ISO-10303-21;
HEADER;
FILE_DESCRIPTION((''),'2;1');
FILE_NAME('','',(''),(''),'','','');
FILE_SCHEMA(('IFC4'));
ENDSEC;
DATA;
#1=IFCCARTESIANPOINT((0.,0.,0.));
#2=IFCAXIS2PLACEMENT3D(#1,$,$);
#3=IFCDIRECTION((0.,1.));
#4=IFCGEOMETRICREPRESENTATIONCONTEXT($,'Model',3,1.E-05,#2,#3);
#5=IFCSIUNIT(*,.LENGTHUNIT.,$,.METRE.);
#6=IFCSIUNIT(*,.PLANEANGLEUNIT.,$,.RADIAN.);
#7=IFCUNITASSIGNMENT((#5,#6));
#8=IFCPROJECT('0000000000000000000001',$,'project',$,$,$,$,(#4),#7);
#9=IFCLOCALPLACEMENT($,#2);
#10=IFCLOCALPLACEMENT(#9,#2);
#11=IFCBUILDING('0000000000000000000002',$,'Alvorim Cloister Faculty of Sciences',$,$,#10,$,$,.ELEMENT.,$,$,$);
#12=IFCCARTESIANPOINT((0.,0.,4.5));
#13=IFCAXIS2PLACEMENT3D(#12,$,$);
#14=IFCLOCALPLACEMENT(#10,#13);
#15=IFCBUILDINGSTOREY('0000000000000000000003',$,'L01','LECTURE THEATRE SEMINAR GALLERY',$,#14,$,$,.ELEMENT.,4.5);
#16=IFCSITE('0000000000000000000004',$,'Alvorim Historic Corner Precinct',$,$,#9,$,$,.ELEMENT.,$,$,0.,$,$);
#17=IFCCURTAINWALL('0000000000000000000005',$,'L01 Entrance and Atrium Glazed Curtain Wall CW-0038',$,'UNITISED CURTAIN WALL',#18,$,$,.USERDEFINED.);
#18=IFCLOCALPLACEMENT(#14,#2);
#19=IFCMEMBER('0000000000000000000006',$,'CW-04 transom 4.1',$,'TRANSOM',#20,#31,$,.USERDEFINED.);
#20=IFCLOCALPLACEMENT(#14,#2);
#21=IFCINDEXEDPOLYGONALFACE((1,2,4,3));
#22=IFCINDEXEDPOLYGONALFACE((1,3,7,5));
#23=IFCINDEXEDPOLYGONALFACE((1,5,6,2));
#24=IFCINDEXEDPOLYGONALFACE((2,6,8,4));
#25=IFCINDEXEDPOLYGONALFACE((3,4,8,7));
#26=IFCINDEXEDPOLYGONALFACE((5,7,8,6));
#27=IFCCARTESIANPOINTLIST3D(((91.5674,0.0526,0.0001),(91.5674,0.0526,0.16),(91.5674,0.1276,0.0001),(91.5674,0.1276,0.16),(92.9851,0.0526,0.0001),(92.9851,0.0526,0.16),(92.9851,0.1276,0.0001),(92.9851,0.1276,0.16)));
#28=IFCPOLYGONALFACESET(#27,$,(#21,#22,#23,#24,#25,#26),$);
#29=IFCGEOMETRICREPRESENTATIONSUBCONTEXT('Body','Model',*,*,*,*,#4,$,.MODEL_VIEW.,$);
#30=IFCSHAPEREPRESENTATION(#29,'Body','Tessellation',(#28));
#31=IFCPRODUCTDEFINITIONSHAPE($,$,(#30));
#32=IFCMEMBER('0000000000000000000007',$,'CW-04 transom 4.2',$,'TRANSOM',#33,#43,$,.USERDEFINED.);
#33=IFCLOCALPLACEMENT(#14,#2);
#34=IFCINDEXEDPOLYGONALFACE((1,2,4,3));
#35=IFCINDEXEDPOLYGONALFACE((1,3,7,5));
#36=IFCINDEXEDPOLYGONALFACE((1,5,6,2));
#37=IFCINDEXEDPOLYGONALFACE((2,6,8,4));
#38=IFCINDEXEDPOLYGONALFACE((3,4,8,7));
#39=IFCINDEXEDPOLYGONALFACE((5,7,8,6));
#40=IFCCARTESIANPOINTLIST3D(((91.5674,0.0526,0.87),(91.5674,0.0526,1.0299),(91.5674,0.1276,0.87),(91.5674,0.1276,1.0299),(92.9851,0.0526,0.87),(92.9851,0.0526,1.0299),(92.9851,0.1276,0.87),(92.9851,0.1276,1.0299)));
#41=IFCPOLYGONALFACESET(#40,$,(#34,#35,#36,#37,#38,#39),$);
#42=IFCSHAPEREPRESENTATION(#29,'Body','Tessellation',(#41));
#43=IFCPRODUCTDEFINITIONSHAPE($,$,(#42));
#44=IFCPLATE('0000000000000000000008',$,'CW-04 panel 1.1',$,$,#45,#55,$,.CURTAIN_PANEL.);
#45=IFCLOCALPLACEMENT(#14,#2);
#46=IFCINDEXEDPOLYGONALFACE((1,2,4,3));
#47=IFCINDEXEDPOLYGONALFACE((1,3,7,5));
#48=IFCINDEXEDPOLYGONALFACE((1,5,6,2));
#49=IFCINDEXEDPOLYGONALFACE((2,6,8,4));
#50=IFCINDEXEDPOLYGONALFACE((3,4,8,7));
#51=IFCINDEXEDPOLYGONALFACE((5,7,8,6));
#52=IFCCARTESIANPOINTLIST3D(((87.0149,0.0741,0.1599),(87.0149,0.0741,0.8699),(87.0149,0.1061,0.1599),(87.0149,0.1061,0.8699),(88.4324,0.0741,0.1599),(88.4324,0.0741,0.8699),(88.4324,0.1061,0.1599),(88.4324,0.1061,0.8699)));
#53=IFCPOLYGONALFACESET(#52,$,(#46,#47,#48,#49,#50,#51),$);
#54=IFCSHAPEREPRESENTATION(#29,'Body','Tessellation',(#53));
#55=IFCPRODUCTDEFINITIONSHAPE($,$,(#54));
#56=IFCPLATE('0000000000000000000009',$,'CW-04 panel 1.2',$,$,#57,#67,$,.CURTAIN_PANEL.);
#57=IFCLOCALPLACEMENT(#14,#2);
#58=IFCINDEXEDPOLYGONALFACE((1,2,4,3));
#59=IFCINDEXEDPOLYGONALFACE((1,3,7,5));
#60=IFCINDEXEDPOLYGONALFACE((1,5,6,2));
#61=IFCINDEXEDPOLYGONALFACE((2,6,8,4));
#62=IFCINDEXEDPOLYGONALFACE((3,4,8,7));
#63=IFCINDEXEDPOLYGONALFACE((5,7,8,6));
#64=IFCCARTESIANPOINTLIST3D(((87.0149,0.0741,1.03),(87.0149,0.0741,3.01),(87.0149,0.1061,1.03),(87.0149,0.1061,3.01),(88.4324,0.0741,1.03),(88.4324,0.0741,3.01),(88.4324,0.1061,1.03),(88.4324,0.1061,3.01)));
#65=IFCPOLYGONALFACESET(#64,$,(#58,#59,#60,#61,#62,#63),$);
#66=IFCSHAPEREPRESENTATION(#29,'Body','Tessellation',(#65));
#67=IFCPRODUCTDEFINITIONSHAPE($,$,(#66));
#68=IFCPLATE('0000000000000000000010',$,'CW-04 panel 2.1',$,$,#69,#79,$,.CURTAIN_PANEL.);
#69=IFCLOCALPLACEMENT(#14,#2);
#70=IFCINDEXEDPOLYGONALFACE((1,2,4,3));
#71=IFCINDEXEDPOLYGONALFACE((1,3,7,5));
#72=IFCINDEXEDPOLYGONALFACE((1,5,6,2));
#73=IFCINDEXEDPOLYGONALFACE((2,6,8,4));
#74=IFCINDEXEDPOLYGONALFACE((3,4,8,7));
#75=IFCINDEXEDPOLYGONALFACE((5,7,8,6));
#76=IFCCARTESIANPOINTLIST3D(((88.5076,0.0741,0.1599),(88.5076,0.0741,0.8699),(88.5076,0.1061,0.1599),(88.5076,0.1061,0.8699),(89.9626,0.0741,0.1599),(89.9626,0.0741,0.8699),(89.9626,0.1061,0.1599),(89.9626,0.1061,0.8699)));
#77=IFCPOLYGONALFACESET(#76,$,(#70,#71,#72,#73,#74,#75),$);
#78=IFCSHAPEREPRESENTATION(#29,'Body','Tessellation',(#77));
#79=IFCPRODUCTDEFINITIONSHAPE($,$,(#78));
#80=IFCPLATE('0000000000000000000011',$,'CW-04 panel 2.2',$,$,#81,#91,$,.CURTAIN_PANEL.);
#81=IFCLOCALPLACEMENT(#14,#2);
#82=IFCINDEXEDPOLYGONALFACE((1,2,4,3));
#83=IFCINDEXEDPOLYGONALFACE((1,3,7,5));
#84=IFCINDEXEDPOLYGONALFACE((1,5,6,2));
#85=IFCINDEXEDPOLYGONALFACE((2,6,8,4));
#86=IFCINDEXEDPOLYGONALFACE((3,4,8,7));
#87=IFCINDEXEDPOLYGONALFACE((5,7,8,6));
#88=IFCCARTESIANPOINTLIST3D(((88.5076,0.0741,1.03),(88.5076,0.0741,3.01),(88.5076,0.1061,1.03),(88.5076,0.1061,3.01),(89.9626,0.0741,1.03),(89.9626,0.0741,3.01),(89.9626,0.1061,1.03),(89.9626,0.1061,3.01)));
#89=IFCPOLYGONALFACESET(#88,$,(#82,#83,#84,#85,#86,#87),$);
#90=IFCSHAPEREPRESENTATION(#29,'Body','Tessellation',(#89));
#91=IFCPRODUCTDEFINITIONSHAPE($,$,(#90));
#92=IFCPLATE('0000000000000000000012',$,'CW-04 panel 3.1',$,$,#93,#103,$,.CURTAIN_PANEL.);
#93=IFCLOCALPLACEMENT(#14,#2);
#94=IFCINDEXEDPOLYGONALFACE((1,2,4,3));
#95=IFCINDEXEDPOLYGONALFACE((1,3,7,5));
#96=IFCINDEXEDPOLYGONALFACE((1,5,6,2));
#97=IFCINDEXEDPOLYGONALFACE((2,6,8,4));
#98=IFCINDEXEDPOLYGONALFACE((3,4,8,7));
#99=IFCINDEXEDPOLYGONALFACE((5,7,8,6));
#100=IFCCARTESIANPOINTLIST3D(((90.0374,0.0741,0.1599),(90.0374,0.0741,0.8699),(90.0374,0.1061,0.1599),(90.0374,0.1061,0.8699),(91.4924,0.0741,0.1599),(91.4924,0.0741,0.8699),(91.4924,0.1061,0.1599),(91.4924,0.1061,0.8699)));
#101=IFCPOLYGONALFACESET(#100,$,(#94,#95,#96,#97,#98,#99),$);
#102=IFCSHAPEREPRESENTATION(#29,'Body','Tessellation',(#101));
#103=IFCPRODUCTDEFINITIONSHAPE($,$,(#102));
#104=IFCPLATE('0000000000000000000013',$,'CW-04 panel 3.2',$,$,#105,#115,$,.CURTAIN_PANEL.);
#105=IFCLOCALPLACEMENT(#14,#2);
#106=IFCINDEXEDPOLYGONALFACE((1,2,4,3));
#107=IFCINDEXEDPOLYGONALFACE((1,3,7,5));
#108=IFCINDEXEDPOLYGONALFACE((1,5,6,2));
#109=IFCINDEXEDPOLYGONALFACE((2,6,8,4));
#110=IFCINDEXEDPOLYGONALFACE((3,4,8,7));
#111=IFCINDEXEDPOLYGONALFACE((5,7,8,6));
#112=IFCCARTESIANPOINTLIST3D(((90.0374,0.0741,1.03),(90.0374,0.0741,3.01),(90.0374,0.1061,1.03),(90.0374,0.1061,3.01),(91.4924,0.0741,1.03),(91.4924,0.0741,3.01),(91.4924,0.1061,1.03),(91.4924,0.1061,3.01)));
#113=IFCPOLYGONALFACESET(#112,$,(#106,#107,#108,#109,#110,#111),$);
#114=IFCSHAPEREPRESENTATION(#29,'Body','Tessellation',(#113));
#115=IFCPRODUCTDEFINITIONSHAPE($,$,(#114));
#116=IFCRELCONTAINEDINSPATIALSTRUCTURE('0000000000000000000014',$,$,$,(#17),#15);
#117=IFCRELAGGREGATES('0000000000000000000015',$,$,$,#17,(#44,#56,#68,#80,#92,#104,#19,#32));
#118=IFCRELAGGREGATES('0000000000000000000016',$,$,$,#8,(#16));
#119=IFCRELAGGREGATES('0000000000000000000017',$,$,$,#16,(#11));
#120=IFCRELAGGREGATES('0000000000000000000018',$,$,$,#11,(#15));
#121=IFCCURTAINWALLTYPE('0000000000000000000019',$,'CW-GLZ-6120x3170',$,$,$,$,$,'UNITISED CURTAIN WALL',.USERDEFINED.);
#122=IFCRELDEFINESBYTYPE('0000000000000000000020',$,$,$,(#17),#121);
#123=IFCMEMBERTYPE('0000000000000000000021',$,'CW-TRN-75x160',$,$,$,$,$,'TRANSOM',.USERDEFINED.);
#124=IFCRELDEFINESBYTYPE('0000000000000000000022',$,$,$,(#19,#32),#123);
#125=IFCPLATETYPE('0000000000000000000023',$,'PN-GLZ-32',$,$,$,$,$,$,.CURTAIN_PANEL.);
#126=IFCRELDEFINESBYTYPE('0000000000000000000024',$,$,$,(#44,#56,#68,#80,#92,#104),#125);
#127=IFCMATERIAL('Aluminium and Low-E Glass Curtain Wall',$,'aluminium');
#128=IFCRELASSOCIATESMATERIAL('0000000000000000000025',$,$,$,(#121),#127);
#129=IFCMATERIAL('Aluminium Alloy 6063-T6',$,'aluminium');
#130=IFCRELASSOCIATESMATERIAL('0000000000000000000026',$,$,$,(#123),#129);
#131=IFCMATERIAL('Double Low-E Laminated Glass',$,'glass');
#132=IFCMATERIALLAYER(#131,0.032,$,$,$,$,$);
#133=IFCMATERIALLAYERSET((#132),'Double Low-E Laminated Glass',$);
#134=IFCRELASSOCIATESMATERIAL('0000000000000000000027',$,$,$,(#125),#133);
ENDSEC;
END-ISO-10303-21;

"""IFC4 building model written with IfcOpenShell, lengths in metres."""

from ifc_helpers import new_model, si_unit, direction, frame, origin, origin_2d, place, context, subcontext, project, spatial, rectangle, extrude, material, layer, layer_set, material_profile, profile_set, type_object, element, aggregate, save


model = new_model("IFC4")

# Units and contexts
model_context = context("Model", 3, precision=1e-05, world=origin(), true_north=direction((0.0, 1.0)))
body_context = subcontext(model_context, "Body", "Model", "MODEL_VIEW")
ifc_project = project(units=[si_unit("LENGTHUNIT", "METRE"), si_unit("PLANEANGLEUNIT", "RADIAN")], contexts=[model_context])

# Site, building, storey
site_placement = place(None, origin())
site = spatial("IfcSite", under=ifc_project, at=site_placement, Name="Alvorim Historic Corner Precinct", CompositionType="ELEMENT", RefElevation=0.0)
building_placement = place(site_placement, origin())
building = spatial("IfcBuilding", under=site, at=building_placement, Name="Alvorim Cloister Faculty of Sciences", CompositionType="ELEMENT")
storey_placement = place(building_placement, frame((0.0, 0.0, 4.5)))
storey = spatial("IfcBuildingStorey", under=building, at=storey_placement, Name="L01", Description="LECTURE THEATRE SEMINAR GALLERY", CompositionType="ELEMENT", Elevation=4.5)

# Curtain wall, members, plates
ifc_material_1 = material(Name="Aluminium and Low-E Glass Curtain Wall", Category="aluminium")
curtain_wall_type = type_object("IfcCurtainWallType", Name="CW-GLZ-6120x3170", ElementType="UNITISED CURTAIN WALL", PredefinedType="USERDEFINED", material=ifc_material_1)
curtain_wall_placement = place(storey_placement, origin())
curtain_wall = element("IfcCurtainWall", 1, at=curtain_wall_placement, inside=storey, type_object=curtain_wall_type, Name="L01 Entrance and Atrium Glazed Curtain Wall CW-0038", ObjectType="UNITISED CURTAIN WALL", PredefinedType="USERDEFINED")
ifc_material_2 = material(Name="Aluminium Alloy 6063-T6", Category="aluminium")
ifc_material_profile_1 = material_profile(ifc_material_2, rectangle(XDim=0.075, YDim=0.1599, at=origin_2d()), Name="ALU-TRN-75x160")
ifc_profile_set_1 = profile_set([ifc_material_profile_1], Name="Aluminium Alloy 6063-T6")
member_type_1 = type_object("IfcMemberType", Name="CW-TRN-75x160", ElementType="TRANSOM", PredefinedType="USERDEFINED", material=ifc_profile_set_1)
member_1_placement = place(storey_placement, frame((91.5674, 0.0901, 0.0801), z_axis=(1.0, 0.0, 0.0), x_axis=(0.0, 1.0, 0.0)))
member_1 = element("IfcMember", 2, at=member_1_placement, type_object=member_type_1, Name="CW-04 transom 4.1", ObjectType="TRANSOM", PredefinedType="USERDEFINED", context=body_context, shape_type="SweptSolid", body=[
    extrude(rectangle(XDim=0.075, YDim=0.1599, at=origin_2d()), origin(), (0.0, 0.0, 1.0), 1.4177),
])
member_2_placement = place(storey_placement, frame((91.5674, 0.0901, 0.95), z_axis=(1.0, 0.0, 0.0), x_axis=(0.0, 1.0, 0.0)))
member_2 = element("IfcMember", 3, at=member_2_placement, type_object=member_type_1, Name="CW-04 transom 4.2", ObjectType="TRANSOM", PredefinedType="USERDEFINED", context=body_context, shape_type="SweptSolid", body=[
    extrude(rectangle(XDim=0.075, YDim=0.1599, at=origin_2d()), origin(), (0.0, 0.0, 1.0), 1.4177),
])
ifc_material_3 = material(Name="Double Low-E Laminated Glass", Category="glass")
ifc_layer = layer(ifc_material_3, 0.032)
ifc_layer_set = layer_set([ifc_layer], Name="Double Low-E Laminated Glass")
plate_type = type_object("IfcPlateType", Name="PN-GLZ-32", PredefinedType="CURTAIN_PANEL", material=ifc_layer_set)
plate_1_placement = place(storey_placement, frame((87.7236, 0.0901, 0.1599), z_axis=(0.0, 0.0, 1.0), x_axis=(1.0, 0.0, 0.0)))
plate_1 = element("IfcPlate", 4, at=plate_1_placement, type_object=plate_type, Name="CW-04 panel 1.1", PredefinedType="CURTAIN_PANEL", context=body_context, shape_type="SweptSolid", body=[
    extrude(rectangle(XDim=1.4175, YDim=0.032, at=origin_2d()), origin(), (0.0, 0.0, 1.0), 0.71),
])
plate_2_placement = place(storey_placement, frame((87.7236, 0.0901, 1.03), z_axis=(0.0, 0.0, 1.0), x_axis=(1.0, 0.0, 0.0)))
plate_2 = element("IfcPlate", 5, at=plate_2_placement, type_object=plate_type, Name="CW-04 panel 1.2", PredefinedType="CURTAIN_PANEL", context=body_context, shape_type="SweptSolid", body=[
    extrude(rectangle(XDim=1.4175, YDim=0.032, at=origin_2d()), origin(), (0.0, 0.0, 1.0), 1.98),
])
plate_3_placement = place(storey_placement, frame((89.2351, 0.0901, 0.1599), z_axis=(0.0, 0.0, 1.0), x_axis=(1.0, 0.0, 0.0)))
plate_3 = element("IfcPlate", 6, at=plate_3_placement, type_object=plate_type, Name="CW-04 panel 2.1", PredefinedType="CURTAIN_PANEL", context=body_context, shape_type="SweptSolid", body=[
    extrude(rectangle(XDim=1.4551, YDim=0.032, at=origin_2d()), origin(), (0.0, 0.0, 1.0), 0.71),
])
plate_4_placement = place(storey_placement, frame((89.2351, 0.0901, 1.03), z_axis=(0.0, 0.0, 1.0), x_axis=(1.0, 0.0, 0.0)))
plate_4 = element("IfcPlate", 7, at=plate_4_placement, type_object=plate_type, Name="CW-04 panel 2.2", PredefinedType="CURTAIN_PANEL", context=body_context, shape_type="SweptSolid", body=[
    extrude(rectangle(XDim=1.4551, YDim=0.032, at=origin_2d()), origin(), (0.0, 0.0, 1.0), 1.98),
])
plate_5_placement = place(storey_placement, frame((90.7649, 0.0901, 0.1599), z_axis=(0.0, 0.0, 1.0), x_axis=(1.0, 0.0, 0.0)))
plate_5 = element("IfcPlate", 8, at=plate_5_placement, type_object=plate_type, Name="CW-04 panel 3.1", PredefinedType="CURTAIN_PANEL", context=body_context, shape_type="SweptSolid", body=[
    extrude(rectangle(XDim=1.4551, YDim=0.032, at=origin_2d()), origin(), (0.0, 0.0, 1.0), 0.71),
])
plate_6_placement = place(storey_placement, frame((90.7649, 0.0901, 1.03), z_axis=(0.0, 0.0, 1.0), x_axis=(1.0, 0.0, 0.0)))
plate_6 = element("IfcPlate", 9, at=plate_6_placement, type_object=plate_type, Name="CW-04 panel 3.2", PredefinedType="CURTAIN_PANEL", context=body_context, shape_type="SweptSolid", body=[
    extrude(rectangle(XDim=1.4551, YDim=0.032, at=origin_2d()), origin(), (0.0, 0.0, 1.0), 1.98),
])
aggregate(curtain_wall, [plate_1, plate_2, plate_3, plate_4, plate_5, plate_6, member_1, member_2])

save(model, "model.ifc")
